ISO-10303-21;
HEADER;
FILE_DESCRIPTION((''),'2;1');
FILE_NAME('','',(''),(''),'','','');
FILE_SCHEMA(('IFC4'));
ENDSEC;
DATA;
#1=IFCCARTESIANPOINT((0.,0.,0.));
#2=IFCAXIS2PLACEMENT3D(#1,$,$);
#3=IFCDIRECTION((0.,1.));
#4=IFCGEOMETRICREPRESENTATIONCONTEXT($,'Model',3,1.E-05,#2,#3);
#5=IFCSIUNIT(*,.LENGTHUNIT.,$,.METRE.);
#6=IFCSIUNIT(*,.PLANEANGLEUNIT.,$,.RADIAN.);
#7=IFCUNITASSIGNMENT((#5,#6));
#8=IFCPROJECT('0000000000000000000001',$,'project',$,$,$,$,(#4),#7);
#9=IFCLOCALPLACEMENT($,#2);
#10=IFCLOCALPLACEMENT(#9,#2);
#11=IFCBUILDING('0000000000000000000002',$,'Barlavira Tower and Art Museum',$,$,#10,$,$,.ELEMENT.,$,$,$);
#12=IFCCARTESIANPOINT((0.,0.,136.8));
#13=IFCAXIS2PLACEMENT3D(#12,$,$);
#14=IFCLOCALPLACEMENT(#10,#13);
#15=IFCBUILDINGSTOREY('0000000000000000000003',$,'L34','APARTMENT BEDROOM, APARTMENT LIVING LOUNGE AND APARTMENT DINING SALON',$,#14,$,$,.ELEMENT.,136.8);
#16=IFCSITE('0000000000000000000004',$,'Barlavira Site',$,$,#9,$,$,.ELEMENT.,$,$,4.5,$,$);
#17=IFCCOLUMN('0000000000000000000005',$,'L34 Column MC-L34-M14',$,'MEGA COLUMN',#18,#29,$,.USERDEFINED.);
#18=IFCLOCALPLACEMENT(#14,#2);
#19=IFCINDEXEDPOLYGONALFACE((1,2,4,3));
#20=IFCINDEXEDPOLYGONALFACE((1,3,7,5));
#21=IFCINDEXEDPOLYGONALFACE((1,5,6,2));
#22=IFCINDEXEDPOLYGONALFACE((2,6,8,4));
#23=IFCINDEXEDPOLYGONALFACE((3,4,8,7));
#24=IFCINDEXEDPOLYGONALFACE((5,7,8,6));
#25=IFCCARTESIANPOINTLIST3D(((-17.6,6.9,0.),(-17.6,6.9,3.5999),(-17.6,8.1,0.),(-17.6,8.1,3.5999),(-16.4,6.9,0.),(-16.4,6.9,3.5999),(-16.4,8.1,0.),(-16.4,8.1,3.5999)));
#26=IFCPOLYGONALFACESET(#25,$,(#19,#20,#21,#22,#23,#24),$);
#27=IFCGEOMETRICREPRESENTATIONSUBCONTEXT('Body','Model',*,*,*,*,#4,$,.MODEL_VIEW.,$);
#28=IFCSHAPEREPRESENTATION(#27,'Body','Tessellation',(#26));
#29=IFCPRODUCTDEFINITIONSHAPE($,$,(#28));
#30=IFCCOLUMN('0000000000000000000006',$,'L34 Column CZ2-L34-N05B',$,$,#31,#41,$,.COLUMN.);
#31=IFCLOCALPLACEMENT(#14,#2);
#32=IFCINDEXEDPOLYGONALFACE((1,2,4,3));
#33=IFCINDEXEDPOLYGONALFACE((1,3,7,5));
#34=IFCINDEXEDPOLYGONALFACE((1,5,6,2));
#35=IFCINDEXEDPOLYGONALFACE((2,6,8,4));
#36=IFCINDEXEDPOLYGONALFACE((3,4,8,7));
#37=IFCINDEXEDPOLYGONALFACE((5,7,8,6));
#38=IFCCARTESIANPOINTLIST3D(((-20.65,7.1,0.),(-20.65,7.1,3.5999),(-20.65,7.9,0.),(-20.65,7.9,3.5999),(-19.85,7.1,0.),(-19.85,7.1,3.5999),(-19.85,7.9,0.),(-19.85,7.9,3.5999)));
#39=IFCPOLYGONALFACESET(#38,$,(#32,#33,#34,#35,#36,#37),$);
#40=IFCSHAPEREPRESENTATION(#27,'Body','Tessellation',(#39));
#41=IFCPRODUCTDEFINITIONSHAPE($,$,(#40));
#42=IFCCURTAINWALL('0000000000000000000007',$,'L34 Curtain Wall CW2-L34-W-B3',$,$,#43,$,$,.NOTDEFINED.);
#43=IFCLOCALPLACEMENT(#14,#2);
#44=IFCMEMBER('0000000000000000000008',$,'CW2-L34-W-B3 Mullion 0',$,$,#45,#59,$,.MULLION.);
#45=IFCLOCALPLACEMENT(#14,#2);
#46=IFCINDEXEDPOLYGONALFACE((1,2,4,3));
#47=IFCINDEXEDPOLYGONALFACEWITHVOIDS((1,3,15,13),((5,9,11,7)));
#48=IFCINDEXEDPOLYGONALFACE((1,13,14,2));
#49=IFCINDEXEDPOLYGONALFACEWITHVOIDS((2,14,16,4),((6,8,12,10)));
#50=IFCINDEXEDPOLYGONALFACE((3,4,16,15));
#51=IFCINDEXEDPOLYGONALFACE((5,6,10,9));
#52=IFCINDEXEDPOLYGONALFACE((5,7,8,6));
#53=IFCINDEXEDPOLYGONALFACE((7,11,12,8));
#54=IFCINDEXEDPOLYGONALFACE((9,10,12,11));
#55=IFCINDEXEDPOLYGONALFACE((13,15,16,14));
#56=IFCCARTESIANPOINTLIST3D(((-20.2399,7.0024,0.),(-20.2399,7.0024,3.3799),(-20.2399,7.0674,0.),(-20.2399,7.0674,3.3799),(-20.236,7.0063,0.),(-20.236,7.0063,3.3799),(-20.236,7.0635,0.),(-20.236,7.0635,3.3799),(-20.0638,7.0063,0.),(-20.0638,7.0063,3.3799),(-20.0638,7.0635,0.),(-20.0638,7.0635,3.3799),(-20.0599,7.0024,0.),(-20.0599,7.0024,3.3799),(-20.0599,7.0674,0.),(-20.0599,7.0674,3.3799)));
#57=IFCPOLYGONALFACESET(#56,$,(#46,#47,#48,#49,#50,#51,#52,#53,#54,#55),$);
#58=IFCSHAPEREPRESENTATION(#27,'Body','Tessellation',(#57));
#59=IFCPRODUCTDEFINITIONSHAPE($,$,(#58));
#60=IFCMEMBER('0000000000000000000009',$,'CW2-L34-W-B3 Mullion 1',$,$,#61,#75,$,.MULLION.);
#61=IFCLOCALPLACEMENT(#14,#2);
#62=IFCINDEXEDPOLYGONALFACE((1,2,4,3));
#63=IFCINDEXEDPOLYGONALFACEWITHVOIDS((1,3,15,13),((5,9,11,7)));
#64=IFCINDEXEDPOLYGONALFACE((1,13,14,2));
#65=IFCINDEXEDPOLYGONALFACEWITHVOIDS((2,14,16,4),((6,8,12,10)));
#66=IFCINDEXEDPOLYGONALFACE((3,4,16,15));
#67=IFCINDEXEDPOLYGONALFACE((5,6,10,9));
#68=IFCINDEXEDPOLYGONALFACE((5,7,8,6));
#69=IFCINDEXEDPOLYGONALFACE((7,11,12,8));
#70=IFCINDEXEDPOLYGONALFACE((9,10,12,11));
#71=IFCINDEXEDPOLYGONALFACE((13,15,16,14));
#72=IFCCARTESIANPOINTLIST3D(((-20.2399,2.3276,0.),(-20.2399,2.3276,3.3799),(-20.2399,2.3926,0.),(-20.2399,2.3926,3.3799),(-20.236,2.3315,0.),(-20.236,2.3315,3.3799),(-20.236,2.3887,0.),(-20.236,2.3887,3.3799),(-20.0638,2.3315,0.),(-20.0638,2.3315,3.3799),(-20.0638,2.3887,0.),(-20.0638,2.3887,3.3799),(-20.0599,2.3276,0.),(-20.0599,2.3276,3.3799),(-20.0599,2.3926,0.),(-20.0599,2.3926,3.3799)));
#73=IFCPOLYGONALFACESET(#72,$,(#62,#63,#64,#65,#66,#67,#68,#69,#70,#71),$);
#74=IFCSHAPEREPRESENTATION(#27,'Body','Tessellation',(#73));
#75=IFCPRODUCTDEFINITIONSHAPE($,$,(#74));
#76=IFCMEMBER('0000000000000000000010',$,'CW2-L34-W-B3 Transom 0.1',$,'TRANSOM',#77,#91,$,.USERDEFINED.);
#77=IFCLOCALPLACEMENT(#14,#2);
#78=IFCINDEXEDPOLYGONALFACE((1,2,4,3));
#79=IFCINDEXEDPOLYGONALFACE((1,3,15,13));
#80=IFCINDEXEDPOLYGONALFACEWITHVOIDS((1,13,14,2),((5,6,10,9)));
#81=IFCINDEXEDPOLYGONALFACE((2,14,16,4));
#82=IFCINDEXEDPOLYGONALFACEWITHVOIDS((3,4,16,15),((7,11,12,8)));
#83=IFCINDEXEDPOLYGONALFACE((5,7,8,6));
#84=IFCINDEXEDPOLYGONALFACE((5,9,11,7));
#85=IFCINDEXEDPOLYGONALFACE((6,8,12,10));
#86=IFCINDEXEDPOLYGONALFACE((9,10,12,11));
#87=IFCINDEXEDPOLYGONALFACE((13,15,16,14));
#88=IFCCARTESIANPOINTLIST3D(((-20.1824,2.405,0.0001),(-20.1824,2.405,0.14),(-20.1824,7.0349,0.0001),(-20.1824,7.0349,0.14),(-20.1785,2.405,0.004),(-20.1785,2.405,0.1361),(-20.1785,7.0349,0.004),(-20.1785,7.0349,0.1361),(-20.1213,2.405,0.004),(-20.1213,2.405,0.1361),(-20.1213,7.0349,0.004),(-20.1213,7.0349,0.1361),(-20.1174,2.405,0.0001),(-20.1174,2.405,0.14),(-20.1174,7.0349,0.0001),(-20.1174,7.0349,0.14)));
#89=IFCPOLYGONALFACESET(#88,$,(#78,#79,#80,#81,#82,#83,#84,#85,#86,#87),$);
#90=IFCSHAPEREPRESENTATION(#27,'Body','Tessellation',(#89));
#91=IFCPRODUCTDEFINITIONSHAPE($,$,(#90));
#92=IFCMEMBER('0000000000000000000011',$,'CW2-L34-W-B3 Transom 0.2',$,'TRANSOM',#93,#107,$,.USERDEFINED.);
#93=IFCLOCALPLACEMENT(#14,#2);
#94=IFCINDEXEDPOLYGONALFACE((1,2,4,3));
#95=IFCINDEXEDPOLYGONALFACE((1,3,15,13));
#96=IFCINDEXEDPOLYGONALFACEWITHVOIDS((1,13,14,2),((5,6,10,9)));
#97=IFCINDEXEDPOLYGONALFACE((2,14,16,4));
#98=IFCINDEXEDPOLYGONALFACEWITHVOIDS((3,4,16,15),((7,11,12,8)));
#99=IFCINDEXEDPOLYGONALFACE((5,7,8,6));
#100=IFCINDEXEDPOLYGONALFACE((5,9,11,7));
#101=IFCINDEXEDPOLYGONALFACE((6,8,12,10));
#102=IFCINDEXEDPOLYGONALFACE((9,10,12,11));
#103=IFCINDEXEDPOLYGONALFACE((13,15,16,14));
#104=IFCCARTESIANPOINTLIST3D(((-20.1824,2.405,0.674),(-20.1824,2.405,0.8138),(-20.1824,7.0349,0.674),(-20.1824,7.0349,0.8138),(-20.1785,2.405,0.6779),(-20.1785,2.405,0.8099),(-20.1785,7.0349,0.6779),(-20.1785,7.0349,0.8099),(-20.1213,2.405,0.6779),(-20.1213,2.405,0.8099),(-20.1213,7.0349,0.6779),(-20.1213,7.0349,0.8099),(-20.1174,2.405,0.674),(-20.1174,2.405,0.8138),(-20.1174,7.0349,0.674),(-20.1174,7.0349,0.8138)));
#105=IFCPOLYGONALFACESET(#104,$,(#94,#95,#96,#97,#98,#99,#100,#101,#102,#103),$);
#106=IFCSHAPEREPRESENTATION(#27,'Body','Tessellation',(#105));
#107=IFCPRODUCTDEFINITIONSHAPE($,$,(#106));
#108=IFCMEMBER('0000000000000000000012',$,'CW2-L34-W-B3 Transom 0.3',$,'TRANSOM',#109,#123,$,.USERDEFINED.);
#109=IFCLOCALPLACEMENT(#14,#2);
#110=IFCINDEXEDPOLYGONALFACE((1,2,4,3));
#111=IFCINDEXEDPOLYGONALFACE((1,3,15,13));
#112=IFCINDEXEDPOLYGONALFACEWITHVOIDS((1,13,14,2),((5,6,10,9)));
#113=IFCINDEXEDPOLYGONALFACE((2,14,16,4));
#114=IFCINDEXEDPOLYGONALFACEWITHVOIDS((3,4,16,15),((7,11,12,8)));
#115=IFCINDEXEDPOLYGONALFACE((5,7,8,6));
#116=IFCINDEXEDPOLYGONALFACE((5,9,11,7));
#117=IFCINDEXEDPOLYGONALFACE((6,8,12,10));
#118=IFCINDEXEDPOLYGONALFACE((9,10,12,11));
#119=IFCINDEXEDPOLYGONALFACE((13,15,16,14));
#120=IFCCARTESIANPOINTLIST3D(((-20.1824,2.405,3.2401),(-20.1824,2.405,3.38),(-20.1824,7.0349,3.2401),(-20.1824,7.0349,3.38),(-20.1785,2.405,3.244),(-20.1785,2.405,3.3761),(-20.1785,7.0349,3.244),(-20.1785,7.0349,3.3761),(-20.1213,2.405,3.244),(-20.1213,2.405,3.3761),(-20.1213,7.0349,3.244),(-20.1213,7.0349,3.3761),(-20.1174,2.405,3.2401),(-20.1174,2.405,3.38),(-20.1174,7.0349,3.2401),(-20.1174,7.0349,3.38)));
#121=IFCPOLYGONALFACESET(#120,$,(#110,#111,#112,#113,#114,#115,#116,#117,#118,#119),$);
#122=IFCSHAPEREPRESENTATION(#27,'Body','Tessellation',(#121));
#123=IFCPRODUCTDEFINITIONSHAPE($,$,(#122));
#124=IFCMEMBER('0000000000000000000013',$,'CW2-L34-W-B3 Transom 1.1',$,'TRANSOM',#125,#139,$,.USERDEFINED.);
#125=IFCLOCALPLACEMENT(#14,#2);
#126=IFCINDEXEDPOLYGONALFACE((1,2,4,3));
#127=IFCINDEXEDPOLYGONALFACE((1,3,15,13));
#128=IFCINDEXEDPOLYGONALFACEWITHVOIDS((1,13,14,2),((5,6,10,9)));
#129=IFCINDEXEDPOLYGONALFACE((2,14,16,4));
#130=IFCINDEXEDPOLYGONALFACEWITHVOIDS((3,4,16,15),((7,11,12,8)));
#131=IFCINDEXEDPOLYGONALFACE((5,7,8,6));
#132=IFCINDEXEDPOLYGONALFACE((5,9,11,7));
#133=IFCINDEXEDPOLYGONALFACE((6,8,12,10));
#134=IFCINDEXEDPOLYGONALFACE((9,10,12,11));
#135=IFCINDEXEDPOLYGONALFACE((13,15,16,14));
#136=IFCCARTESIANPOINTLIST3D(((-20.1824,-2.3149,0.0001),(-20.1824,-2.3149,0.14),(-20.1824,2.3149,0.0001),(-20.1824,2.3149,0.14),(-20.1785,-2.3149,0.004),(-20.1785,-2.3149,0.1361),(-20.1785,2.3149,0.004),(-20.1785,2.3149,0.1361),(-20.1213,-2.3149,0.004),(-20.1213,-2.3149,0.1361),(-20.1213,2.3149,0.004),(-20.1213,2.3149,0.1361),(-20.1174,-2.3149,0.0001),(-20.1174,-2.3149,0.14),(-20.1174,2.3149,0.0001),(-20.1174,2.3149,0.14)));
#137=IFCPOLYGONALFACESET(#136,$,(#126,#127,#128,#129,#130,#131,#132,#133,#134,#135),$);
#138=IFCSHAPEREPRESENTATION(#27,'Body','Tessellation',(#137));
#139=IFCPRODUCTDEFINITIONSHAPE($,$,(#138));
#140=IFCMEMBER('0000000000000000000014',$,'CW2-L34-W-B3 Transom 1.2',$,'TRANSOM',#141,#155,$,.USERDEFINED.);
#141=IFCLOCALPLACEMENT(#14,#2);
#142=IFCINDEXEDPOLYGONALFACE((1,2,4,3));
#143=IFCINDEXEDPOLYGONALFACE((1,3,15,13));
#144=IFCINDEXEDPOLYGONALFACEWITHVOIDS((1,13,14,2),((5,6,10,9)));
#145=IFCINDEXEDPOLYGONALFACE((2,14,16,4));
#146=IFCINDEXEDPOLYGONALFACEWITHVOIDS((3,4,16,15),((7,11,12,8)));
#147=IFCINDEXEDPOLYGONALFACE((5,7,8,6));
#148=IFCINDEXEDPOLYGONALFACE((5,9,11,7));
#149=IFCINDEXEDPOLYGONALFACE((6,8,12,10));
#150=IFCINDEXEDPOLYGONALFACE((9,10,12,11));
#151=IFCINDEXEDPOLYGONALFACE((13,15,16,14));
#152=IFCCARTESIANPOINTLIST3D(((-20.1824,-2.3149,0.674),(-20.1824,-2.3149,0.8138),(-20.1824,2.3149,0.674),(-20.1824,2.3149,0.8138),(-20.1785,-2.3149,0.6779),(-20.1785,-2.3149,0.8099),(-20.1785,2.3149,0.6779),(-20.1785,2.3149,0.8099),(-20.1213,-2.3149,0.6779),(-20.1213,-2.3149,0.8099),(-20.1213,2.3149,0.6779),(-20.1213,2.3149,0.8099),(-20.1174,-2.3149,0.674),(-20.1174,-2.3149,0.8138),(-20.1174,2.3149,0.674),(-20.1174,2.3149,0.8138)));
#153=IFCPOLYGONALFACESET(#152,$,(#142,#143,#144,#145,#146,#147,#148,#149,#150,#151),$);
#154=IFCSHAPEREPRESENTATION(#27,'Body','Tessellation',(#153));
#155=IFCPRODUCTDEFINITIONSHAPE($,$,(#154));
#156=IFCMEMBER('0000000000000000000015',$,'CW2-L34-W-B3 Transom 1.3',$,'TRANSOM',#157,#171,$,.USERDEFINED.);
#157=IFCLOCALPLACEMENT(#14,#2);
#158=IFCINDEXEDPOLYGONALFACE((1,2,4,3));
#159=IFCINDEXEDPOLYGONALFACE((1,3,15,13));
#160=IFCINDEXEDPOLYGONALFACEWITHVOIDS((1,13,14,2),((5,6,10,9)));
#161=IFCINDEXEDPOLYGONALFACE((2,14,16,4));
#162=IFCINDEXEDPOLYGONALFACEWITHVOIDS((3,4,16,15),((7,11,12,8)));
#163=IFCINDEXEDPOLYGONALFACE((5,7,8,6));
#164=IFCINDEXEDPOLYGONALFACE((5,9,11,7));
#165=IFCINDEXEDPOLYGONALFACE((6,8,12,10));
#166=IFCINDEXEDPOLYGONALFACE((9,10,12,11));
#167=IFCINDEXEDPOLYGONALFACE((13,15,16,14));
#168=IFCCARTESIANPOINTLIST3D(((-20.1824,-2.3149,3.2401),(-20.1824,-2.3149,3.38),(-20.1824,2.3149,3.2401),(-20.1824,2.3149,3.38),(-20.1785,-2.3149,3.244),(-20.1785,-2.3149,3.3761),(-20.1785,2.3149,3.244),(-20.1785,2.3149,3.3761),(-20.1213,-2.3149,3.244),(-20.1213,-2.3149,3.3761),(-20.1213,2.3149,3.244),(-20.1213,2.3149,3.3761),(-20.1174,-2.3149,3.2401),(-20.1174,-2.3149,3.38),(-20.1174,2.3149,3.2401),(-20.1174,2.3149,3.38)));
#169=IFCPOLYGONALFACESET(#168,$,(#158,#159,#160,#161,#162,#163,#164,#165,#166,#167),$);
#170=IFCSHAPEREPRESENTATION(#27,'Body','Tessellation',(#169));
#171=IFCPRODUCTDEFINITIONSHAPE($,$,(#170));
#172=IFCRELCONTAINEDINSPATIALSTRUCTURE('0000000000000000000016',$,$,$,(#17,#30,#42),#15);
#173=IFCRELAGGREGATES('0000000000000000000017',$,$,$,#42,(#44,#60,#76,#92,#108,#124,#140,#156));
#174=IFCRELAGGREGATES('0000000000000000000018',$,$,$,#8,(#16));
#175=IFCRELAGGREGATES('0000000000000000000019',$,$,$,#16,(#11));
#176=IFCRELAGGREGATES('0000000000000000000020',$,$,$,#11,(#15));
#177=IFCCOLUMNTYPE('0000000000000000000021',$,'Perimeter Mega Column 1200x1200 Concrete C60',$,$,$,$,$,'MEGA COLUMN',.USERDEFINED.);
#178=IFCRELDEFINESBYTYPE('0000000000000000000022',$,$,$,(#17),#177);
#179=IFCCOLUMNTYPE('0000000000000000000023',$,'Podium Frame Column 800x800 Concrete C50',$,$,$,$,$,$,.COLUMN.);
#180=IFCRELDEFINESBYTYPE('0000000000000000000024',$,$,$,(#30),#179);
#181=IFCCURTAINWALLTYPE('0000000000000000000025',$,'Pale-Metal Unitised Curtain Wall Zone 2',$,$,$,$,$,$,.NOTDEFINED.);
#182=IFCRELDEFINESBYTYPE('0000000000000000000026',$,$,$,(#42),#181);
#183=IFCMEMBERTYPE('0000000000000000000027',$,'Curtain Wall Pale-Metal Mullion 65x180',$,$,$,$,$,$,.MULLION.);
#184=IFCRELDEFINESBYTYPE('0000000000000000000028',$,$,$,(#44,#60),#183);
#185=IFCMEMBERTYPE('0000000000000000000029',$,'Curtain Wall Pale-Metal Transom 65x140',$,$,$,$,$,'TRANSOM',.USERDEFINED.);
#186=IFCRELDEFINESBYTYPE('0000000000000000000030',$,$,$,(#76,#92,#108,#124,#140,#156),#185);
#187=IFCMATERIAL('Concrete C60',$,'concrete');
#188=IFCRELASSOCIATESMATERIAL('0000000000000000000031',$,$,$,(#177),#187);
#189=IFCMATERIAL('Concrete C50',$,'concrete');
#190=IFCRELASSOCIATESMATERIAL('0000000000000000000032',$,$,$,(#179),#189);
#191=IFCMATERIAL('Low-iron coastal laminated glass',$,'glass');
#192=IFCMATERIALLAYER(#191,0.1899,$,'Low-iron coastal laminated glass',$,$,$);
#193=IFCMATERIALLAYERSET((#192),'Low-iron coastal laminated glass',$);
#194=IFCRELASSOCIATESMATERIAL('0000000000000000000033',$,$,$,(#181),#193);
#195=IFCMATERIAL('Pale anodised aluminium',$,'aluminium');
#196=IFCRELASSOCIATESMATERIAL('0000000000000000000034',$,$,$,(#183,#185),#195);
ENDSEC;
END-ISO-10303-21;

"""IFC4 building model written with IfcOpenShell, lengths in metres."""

from ifc_helpers import new_model, si_unit, direction, frame, origin, origin_2d, place, context, subcontext, project, spatial, rectangle, hollow_rectangle, extrude, material, layer, layer_set, material_profile, profile_set, type_object, element, aggregate, save


model = new_model("IFC4")

# Units and contexts
model_context = context("Model", 3, precision=1e-05, world=origin(), true_north=direction((0.0, 1.0)))
body_context = subcontext(model_context, "Body", "Model", "MODEL_VIEW")
ifc_project = project(units=[si_unit("LENGTHUNIT", "METRE"), si_unit("PLANEANGLEUNIT", "RADIAN")], contexts=[model_context])

# Site, building, storey
site_placement = place(None, origin())
site = spatial("IfcSite", under=ifc_project, at=site_placement, Name="Barlavira Site", CompositionType="ELEMENT", RefElevation=4.5)
building_placement = place(site_placement, origin())
building = spatial("IfcBuilding", under=site, at=building_placement, Name="Barlavira Tower and Art Museum", CompositionType="ELEMENT")
storey_placement = place(building_placement, frame((0.0, 0.0, 136.8)))
storey = spatial("IfcBuildingStorey", under=building, at=storey_placement, Name="L34", Description="APARTMENT BEDROOM, APARTMENT LIVING LOUNGE AND APARTMENT DINING SALON", CompositionType="ELEMENT", Elevation=136.8)

# Columns
ifc_material_1 = material(Name="Concrete C60", Category="concrete")
ifc_material_profile_1 = material_profile(ifc_material_1, rectangle(XDim=1.2, YDim=1.2, at=origin_2d()), Name="RC-COL 1200x1200")
ifc_profile_set_1 = profile_set([ifc_material_profile_1], Name="Concrete C60")
column_type_1 = type_object("IfcColumnType", Name="Perimeter Mega Column 1200x1200 Concrete C60", ElementType="MEGA COLUMN", PredefinedType="USERDEFINED", material=ifc_profile_set_1)
column_1_placement = place(storey_placement, frame((-17.0, 7.5, 0.0), z_axis=(0.0, 0.0, 1.0), x_axis=(1.0, 0.0, 0.0)))
element("IfcColumn", 1, at=column_1_placement, inside=storey, type_object=column_type_1, Name="L34 Column MC-L34-M14", ObjectType="MEGA COLUMN", PredefinedType="USERDEFINED", context=body_context, shape_type="SweptSolid", body=[
    extrude(rectangle(XDim=1.2, YDim=1.2, at=origin_2d()), origin(), (0.0, 0.0, 1.0), 3.5999),
])
ifc_material_2 = material(Name="Concrete C50", Category="concrete")
ifc_material_profile_2 = material_profile(ifc_material_2, rectangle(XDim=0.8, YDim=0.8, at=origin_2d()), Name="RC-COL 800x800")
ifc_profile_set_2 = profile_set([ifc_material_profile_2], Name="Concrete C50")
column_type_2 = type_object("IfcColumnType", Name="Podium Frame Column 800x800 Concrete C50", PredefinedType="COLUMN", material=ifc_profile_set_2)
column_2_placement = place(storey_placement, frame((-20.25, 7.5, 0.0), z_axis=(0.0, 0.0, 1.0), x_axis=(1.0, 0.0, 0.0)))
element("IfcColumn", 2, at=column_2_placement, inside=storey, type_object=column_type_2, Name="L34 Column CZ2-L34-N05B", PredefinedType="COLUMN", context=body_context, shape_type="SweptSolid", body=[
    extrude(rectangle(XDim=0.8, YDim=0.8, at=origin_2d()), origin(), (0.0, 0.0, 1.0), 3.5999),
])

# Curtain wall, members
ifc_material_3 = material(Name="Low-iron coastal laminated glass", Category="glass")
ifc_layer_1 = layer(ifc_material_3, 0.1899, Name="Low-iron coastal laminated glass")
ifc_layer_set_1 = layer_set([ifc_layer_1], Name="Low-iron coastal laminated glass")
curtain_wall_type = type_object("IfcCurtainWallType", Name="Pale-Metal Unitised Curtain Wall Zone 2", PredefinedType="NOTDEFINED", material=ifc_layer_set_1)
curtain_wall_placement = place(storey_placement, origin())
curtain_wall = element("IfcCurtainWall", 3, at=curtain_wall_placement, inside=storey, type_object=curtain_wall_type, Name="L34 Curtain Wall CW2-L34-W-B3", PredefinedType="NOTDEFINED")
ifc_material_4 = material(Name="Pale anodised aluminium", Category="aluminium")
ifc_material_profile_3 = material_profile(ifc_material_4, hollow_rectangle(XDim=0.0649, YDim=0.1799, WallThickness=0.0039, at=origin_2d()), Name="ALU-MULL 65x180x4")
ifc_profile_set_3 = profile_set([ifc_material_profile_3], Name="Pale anodised aluminium")
member_type_1 = type_object("IfcMemberType", Name="Curtain Wall Pale-Metal Mullion 65x180", PredefinedType="MULLION", material=ifc_profile_set_3)
member_1_placement = place(storey_placement, frame((-20.1499, 7.0349, 0.0), z_axis=(0.0, 0.0, 1.0), x_axis=(0.0, -1.0, 0.0)))
member_1 = element("IfcMember", 4, at=member_1_placement, type_object=member_type_1, Name="CW2-L34-W-B3 Mullion 0", PredefinedType="MULLION", context=body_context, shape_type="SweptSolid", body=[
    extrude(hollow_rectangle(XDim=0.0649, YDim=0.1799, WallThickness=0.0039, at=origin_2d()), origin(), (0.0, 0.0, 1.0), 3.3799),
])
member_2_placement = place(storey_placement, frame((-20.1499, 2.3601, 0.0), z_axis=(0.0, 0.0, 1.0), x_axis=(0.0, -1.0, 0.0)))
member_2 = element("IfcMember", 5, at=member_2_placement, type_object=member_type_1, Name="CW2-L34-W-B3 Mullion 1", PredefinedType="MULLION", context=body_context, shape_type="SweptSolid", body=[
    extrude(hollow_rectangle(XDim=0.0649, YDim=0.1799, WallThickness=0.0039, at=origin_2d()), origin(), (0.0, 0.0, 1.0), 3.3799),
])
ifc_material_profile_4 = material_profile(ifc_material_4, hollow_rectangle(XDim=0.0649, YDim=0.1399, WallThickness=0.0039, at=origin_2d()), Name="ALU-TRAN 65x140x4")
ifc_profile_set_4 = profile_set([ifc_material_profile_4], Name="Pale anodised aluminium")
member_type_2 = type_object("IfcMemberType", Name="Curtain Wall Pale-Metal Transom 65x140", ElementType="TRANSOM", PredefinedType="USERDEFINED", material=ifc_profile_set_4)
member_3_placement = place(storey_placement, frame((-20.1499, 7.0349, 0.0701), z_axis=(0.0, -1.0, 0.0), x_axis=(1.0, 0.0, 0.0)))
member_3 = element("IfcMember", 6, at=member_3_placement, type_object=member_type_2, Name="CW2-L34-W-B3 Transom 0.1", ObjectType="TRANSOM", PredefinedType="USERDEFINED", context=body_context, shape_type="SweptSolid", body=[
    extrude(hollow_rectangle(XDim=0.0649, YDim=0.1399, WallThickness=0.0039, at=origin_2d()), origin(), (0.0, 0.0, 1.0), 4.6299),
])
member_4_placement = place(storey_placement, frame((-20.1499, 7.0349, 0.7439), z_axis=(0.0, -1.0, 0.0), x_axis=(1.0, 0.0, 0.0)))
member_4 = element("IfcMember", 7, at=member_4_placement, type_object=member_type_2, Name="CW2-L34-W-B3 Transom 0.2", ObjectType="TRANSOM", PredefinedType="USERDEFINED", context=body_context, shape_type="SweptSolid", body=[
    extrude(hollow_rectangle(XDim=0.0649, YDim=0.1399, WallThickness=0.0039, at=origin_2d()), origin(), (0.0, 0.0, 1.0), 4.6299),
])
member_5_placement = place(storey_placement, frame((-20.1499, 7.0349, 3.3101), z_axis=(0.0, -1.0, 0.0), x_axis=(1.0, 0.0, 0.0)))
member_5 = element("IfcMember", 8, at=member_5_placement, type_object=member_type_2, Name="CW2-L34-W-B3 Transom 0.3", ObjectType="TRANSOM", PredefinedType="USERDEFINED", context=body_context, shape_type="SweptSolid", body=[
    extrude(hollow_rectangle(XDim=0.0649, YDim=0.1399, WallThickness=0.0039, at=origin_2d()), origin(), (0.0, 0.0, 1.0), 4.6299),
])
member_6_placement = place(storey_placement, frame((-20.1499, 2.3149, 0.0701), z_axis=(0.0, -1.0, 0.0), x_axis=(1.0, 0.0, 0.0)))
member_6 = element("IfcMember", 9, at=member_6_placement, type_object=member_type_2, Name="CW2-L34-W-B3 Transom 1.1", ObjectType="TRANSOM", PredefinedType="USERDEFINED", context=body_context, shape_type="SweptSolid", body=[
    extrude(hollow_rectangle(XDim=0.0649, YDim=0.1399, WallThickness=0.0039, at=origin_2d()), origin(), (0.0, 0.0, 1.0), 4.6299),
])
member_7_placement = place(storey_placement, frame((-20.1499, 2.3149, 0.7439), z_axis=(0.0, -1.0, 0.0), x_axis=(1.0, 0.0, 0.0)))
member_7 = element("IfcMember", 10, at=member_7_placement, type_object=member_type_2, Name="CW2-L34-W-B3 Transom 1.2", ObjectType="TRANSOM", PredefinedType="USERDEFINED", context=body_context, shape_type="SweptSolid", body=[
    extrude(hollow_rectangle(XDim=0.0649, YDim=0.1399, WallThickness=0.0039, at=origin_2d()), origin(), (0.0, 0.0, 1.0), 4.6299),
])
member_8_placement = place(storey_placement, frame((-20.1499, 2.3149, 3.3101), z_axis=(0.0, -1.0, 0.0), x_axis=(1.0, 0.0, 0.0)))
member_8 = element("IfcMember", 11, at=member_8_placement, type_object=member_type_2, Name="CW2-L34-W-B3 Transom 1.3", ObjectType="TRANSOM", PredefinedType="USERDEFINED", context=body_context, shape_type="SweptSolid", body=[
    extrude(hollow_rectangle(XDim=0.0649, YDim=0.1399, WallThickness=0.0039, at=origin_2d()), origin(), (0.0, 0.0, 1.0), 4.6299),
])

aggregate(curtain_wall, [member_1, member_2, member_3, member_4, member_5, member_6, member_7, member_8])

save(model, "model.ifc")
